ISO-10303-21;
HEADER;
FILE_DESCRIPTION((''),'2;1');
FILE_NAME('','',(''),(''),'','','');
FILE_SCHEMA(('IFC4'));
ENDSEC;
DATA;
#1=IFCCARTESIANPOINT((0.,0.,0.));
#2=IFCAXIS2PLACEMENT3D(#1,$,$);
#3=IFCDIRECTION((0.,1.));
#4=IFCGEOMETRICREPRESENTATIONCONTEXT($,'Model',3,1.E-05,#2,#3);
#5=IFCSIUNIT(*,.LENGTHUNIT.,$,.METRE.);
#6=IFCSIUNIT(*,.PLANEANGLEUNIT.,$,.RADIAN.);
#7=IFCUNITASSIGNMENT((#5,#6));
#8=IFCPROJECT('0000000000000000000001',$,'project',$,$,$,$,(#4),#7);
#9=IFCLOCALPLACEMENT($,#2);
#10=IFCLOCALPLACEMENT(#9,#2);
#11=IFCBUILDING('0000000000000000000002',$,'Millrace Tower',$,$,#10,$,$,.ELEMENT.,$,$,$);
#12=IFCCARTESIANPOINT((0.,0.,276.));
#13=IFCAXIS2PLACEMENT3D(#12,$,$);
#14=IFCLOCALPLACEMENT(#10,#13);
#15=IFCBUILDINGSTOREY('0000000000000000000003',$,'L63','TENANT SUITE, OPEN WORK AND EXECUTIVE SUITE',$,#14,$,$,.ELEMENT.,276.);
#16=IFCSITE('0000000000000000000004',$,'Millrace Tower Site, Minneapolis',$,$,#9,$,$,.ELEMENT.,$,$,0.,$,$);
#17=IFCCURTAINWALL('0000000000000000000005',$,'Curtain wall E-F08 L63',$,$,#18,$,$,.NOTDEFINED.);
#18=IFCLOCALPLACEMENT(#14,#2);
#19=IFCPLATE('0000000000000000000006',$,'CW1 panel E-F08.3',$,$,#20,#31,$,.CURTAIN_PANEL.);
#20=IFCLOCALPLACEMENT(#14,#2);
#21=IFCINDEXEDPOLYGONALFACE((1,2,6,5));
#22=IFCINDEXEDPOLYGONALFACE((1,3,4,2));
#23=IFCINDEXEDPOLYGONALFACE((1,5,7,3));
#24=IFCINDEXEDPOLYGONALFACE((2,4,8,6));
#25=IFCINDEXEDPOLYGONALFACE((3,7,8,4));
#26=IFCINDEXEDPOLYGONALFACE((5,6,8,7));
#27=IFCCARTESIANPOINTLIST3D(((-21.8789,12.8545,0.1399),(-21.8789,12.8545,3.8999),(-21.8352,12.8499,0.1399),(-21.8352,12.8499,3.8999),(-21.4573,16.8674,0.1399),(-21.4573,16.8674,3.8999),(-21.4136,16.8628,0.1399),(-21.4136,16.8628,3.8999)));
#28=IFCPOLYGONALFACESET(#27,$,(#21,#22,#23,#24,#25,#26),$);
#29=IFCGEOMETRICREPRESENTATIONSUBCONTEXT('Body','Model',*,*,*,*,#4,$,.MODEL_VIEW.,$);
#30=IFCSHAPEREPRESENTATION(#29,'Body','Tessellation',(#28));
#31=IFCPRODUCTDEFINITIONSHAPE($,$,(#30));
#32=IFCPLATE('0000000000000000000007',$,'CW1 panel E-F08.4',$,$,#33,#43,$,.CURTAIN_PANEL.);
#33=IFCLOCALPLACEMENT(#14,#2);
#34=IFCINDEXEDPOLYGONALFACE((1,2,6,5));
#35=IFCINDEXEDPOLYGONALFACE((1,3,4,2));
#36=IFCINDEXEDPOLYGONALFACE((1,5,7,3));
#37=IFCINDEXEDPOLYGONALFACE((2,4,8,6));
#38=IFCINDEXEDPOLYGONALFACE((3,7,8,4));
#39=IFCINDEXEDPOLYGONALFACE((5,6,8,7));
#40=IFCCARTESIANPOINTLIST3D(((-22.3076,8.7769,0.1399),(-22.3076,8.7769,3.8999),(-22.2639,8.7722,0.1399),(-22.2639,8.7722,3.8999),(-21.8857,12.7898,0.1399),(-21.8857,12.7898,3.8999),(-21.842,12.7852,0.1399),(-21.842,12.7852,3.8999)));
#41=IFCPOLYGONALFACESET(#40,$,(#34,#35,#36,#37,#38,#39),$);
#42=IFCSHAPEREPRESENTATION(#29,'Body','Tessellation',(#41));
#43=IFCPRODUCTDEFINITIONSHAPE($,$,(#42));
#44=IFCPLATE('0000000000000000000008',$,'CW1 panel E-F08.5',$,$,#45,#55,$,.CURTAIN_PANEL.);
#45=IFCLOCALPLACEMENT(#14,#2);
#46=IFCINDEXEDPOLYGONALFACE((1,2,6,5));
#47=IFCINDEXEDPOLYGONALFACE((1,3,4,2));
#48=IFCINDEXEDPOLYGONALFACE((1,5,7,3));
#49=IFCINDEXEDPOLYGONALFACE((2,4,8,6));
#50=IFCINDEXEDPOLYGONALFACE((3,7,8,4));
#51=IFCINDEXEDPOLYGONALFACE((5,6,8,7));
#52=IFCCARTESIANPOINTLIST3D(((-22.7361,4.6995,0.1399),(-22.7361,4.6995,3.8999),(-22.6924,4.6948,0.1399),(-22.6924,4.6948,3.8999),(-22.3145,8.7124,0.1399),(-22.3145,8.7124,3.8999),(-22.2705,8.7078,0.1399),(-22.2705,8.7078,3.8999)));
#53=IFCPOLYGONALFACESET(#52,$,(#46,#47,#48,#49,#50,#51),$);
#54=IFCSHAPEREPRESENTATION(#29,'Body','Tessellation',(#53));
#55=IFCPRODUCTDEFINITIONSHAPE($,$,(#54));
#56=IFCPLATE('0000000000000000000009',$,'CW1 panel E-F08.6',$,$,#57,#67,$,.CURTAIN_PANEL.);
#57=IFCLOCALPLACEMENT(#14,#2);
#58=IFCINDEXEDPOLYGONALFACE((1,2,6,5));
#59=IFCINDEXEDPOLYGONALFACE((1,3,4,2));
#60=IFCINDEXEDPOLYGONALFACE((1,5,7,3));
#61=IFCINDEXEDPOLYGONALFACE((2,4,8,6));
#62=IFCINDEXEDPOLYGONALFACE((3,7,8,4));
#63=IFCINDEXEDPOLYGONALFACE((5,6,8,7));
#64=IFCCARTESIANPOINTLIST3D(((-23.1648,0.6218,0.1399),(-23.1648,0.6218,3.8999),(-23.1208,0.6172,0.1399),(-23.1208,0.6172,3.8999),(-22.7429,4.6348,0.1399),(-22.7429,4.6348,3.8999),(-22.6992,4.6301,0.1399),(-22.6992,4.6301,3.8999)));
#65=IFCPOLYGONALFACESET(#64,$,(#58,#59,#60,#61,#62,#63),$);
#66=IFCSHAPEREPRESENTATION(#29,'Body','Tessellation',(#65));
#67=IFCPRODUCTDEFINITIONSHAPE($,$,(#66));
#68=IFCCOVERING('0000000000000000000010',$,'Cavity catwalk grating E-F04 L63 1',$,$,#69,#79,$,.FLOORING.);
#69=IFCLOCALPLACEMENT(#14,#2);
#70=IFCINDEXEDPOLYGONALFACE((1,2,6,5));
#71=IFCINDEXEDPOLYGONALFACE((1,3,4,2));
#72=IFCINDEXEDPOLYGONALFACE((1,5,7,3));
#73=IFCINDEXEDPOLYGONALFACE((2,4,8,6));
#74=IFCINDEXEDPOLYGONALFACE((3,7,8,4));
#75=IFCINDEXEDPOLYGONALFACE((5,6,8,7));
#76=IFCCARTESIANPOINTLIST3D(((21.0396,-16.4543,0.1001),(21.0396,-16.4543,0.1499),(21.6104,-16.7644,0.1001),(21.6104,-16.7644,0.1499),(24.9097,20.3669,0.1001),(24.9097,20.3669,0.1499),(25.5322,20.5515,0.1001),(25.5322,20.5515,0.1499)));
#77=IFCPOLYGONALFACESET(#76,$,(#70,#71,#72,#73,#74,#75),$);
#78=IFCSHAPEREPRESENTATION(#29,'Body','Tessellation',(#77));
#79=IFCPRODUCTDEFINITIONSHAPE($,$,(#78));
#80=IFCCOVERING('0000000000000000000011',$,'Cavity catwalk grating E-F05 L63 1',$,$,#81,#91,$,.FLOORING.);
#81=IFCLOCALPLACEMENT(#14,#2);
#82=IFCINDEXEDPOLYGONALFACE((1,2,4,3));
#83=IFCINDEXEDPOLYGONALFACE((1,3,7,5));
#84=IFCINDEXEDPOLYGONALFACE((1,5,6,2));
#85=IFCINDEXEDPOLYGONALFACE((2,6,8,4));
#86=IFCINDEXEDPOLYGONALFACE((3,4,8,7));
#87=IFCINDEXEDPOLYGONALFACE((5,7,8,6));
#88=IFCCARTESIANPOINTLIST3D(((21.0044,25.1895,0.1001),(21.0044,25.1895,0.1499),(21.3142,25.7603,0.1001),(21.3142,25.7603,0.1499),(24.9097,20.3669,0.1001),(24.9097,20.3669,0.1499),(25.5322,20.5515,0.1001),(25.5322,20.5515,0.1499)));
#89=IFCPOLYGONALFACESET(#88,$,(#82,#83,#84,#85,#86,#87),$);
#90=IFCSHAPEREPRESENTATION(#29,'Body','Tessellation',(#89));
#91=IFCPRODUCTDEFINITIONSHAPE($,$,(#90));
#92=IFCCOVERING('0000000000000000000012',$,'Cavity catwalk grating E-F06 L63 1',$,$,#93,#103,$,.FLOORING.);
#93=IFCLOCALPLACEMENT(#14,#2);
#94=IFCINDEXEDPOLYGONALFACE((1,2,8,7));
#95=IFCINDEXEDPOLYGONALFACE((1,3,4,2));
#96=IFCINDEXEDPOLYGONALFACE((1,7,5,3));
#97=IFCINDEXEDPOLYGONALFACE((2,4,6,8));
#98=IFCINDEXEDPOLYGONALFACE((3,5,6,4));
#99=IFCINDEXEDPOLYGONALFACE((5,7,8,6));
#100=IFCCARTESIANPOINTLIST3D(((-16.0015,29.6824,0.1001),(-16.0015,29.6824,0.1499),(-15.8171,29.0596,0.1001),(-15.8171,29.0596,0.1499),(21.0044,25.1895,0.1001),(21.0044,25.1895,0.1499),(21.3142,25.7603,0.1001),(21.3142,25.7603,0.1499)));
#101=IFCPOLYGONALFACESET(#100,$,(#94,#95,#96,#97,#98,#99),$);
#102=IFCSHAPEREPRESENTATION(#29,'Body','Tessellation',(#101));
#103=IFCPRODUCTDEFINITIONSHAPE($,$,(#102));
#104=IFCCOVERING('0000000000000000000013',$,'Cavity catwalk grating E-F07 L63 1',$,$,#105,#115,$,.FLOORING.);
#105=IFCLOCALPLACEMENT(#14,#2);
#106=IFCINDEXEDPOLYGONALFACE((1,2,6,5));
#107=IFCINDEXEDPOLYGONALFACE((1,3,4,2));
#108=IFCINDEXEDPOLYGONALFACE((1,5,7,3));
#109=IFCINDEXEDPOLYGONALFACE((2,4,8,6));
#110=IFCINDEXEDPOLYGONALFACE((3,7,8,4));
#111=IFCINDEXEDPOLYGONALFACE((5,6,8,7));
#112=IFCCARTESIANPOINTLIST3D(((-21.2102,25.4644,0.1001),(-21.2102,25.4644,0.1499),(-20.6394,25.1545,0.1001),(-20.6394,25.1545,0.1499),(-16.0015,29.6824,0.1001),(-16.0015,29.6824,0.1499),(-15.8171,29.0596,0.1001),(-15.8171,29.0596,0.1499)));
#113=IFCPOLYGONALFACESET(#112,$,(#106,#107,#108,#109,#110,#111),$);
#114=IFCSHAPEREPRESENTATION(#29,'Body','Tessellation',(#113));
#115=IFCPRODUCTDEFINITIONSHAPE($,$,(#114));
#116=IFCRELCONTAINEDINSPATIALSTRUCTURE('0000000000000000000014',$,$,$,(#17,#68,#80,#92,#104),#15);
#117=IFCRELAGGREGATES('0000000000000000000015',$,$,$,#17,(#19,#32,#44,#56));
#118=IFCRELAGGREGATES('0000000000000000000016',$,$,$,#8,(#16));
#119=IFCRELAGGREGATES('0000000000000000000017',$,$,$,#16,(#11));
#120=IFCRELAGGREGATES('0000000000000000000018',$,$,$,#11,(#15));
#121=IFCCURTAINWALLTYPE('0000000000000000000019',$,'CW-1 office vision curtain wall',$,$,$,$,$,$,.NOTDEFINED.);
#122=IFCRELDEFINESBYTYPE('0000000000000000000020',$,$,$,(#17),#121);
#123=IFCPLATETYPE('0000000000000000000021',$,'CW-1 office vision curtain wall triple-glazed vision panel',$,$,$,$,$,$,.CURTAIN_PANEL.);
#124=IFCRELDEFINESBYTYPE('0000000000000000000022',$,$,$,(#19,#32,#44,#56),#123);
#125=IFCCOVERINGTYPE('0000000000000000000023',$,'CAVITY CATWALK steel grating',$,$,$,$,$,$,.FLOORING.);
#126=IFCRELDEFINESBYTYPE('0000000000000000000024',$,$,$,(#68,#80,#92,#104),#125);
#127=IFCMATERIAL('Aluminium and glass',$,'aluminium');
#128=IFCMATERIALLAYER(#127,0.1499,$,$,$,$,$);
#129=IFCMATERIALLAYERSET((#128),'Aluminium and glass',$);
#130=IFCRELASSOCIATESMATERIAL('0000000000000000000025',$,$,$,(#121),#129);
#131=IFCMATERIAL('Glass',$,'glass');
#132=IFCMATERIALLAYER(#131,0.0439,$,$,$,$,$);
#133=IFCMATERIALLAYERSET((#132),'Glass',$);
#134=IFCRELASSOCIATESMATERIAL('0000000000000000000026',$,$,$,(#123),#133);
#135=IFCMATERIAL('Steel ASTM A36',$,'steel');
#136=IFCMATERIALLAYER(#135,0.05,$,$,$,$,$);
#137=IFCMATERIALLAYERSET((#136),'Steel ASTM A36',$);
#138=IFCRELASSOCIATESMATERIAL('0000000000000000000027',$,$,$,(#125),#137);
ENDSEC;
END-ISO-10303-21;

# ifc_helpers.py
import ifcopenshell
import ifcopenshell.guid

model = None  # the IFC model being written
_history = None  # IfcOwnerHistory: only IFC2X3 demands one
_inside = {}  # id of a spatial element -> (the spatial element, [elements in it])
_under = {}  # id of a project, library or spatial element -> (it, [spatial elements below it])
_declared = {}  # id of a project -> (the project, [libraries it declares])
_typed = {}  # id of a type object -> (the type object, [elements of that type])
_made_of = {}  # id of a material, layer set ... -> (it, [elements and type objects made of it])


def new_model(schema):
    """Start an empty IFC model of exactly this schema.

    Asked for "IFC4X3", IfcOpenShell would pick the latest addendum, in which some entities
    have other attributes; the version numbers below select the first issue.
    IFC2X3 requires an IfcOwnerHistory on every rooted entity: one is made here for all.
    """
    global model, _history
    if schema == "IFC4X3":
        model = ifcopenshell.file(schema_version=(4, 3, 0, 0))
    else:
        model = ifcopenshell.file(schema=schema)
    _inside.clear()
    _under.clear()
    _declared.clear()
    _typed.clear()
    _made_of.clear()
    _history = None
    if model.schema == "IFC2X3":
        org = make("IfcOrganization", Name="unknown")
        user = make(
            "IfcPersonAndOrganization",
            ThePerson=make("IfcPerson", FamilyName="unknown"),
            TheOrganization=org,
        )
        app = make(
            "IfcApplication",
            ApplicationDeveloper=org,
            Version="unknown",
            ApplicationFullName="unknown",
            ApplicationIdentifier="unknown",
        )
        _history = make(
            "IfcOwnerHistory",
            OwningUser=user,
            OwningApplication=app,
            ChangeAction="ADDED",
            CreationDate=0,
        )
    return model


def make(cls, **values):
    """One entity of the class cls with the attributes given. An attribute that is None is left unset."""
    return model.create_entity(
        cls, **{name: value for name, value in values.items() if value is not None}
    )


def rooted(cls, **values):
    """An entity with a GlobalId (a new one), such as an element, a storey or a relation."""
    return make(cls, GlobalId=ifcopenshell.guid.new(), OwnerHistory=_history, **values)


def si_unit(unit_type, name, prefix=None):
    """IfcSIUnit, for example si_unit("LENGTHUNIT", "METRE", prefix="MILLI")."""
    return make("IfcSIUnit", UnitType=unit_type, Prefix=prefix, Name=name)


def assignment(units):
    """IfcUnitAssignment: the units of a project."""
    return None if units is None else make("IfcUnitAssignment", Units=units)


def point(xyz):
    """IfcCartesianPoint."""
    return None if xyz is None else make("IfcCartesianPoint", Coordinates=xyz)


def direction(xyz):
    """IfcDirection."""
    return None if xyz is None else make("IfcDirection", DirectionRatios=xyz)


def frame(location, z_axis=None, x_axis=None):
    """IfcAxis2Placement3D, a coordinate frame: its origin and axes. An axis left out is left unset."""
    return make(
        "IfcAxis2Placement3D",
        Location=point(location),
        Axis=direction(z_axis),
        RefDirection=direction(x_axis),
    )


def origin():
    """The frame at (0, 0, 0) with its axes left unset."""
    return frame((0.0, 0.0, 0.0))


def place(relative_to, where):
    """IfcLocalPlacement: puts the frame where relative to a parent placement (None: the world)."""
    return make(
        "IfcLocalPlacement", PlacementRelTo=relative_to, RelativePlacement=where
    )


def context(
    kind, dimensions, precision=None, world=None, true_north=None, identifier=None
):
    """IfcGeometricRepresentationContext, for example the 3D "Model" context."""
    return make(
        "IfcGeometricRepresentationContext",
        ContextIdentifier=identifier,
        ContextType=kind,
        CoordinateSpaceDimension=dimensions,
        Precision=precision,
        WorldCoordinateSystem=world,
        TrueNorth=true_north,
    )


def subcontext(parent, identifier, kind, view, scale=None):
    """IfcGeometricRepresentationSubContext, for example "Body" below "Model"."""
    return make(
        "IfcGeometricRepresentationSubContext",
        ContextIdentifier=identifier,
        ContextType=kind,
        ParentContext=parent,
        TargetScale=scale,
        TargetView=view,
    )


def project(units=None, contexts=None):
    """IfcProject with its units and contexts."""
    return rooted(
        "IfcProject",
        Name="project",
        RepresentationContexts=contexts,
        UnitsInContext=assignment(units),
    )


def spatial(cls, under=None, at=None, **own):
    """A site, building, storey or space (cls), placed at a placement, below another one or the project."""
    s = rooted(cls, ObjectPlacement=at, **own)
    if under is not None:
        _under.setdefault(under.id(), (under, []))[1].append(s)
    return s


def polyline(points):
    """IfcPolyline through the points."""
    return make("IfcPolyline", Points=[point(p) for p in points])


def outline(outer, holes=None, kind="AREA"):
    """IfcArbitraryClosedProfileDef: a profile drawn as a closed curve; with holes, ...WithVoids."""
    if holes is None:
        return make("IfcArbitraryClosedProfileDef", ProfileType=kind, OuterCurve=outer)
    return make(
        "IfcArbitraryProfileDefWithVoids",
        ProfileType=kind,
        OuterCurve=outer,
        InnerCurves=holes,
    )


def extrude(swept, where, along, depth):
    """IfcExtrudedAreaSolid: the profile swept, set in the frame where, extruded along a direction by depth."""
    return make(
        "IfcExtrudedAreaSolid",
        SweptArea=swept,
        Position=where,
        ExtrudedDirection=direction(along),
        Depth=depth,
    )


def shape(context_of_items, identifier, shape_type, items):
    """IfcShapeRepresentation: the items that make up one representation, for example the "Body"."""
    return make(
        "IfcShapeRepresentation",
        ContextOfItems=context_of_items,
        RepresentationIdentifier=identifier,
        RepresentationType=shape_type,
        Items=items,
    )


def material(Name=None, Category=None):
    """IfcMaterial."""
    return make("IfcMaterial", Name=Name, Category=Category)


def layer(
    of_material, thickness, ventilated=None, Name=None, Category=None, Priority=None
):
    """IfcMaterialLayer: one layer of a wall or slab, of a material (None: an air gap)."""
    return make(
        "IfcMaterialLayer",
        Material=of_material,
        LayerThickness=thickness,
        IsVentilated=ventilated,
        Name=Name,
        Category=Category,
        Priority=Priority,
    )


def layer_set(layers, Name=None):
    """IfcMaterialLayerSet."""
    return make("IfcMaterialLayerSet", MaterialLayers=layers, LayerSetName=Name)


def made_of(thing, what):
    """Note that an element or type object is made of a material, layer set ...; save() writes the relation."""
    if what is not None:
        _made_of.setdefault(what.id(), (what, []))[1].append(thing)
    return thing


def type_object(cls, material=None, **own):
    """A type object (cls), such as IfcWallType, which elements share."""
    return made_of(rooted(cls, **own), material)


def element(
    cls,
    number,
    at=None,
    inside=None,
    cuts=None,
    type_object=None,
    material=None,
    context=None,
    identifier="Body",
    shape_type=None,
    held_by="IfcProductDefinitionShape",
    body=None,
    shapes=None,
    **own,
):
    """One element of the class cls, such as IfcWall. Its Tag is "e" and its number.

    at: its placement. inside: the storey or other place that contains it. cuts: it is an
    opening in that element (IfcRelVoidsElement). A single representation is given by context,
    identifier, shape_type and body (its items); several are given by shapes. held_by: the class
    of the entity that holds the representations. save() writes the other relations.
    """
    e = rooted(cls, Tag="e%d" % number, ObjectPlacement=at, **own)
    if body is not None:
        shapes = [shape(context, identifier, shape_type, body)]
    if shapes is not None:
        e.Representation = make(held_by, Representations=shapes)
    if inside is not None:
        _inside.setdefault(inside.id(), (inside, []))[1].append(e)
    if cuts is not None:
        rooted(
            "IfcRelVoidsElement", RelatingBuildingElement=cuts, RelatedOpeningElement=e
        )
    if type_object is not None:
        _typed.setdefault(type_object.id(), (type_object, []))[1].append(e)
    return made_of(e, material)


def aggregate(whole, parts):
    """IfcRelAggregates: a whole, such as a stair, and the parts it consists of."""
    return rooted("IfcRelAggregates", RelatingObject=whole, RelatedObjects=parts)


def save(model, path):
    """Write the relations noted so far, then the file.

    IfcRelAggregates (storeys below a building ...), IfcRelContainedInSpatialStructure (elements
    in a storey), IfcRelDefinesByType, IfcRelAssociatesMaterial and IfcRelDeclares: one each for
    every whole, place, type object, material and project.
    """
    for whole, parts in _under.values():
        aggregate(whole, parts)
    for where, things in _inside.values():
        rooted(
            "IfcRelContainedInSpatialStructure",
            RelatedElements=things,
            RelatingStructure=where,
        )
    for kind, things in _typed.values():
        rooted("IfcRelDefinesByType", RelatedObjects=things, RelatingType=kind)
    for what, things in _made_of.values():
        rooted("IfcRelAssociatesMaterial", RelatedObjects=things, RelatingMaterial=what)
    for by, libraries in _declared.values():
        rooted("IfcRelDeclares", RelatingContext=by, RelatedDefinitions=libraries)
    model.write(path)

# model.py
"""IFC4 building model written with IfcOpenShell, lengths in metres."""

from ifc_helpers import new_model, si_unit, direction, frame, origin, place, context, subcontext, project, spatial, polyline, outline, extrude, material, layer, layer_set, type_object, element, aggregate, save


model = new_model("IFC4")

# Units and contexts
model_context = context("Model", 3, precision=1e-05, world=origin(), true_north=direction((0.0, 1.0)))
body_context = subcontext(model_context, "Body", "Model", "MODEL_VIEW")
ifc_project = project(units=[si_unit("LENGTHUNIT", "METRE"), si_unit("PLANEANGLEUNIT", "RADIAN")], contexts=[model_context])

# Site, building, storey
site_placement = place(None, origin())
site = spatial("IfcSite", under=ifc_project, at=site_placement, Name="Millrace Tower Site, Minneapolis", CompositionType="ELEMENT", RefElevation=0.0)
building_placement = place(site_placement, origin())
building = spatial("IfcBuilding", under=site, at=building_placement, Name="Millrace Tower", CompositionType="ELEMENT")
storey_placement = place(building_placement, frame((0.0, 0.0, 276.0)))
storey = spatial("IfcBuildingStorey", under=building, at=storey_placement, Name="L63", Description="TENANT SUITE, OPEN WORK AND EXECUTIVE SUITE", CompositionType="ELEMENT", Elevation=276.0)

# Shared definitions
ifc_material_1 = material(Name="Aluminium and glass", Category="aluminium")
ifc_layer_1 = layer(ifc_material_1, 0.1499)
ifc_layer_set_1 = layer_set([ifc_layer_1], Name="Aluminium and glass")
curtain_wall_type = type_object("IfcCurtainWallType", Name="CW-1 office vision curtain wall", PredefinedType="NOTDEFINED", material=ifc_layer_set_1)
placement_1 = place(storey_placement, origin())
ifc_material_2 = material(Name="Glass", Category="glass")
ifc_layer_2 = layer(ifc_material_2, 0.0439)
ifc_layer_set_2 = layer_set([ifc_layer_2], Name="Glass")
plate_type = type_object("IfcPlateType", Name="CW-1 office vision curtain wall triple-glazed vision panel", PredefinedType="CURTAIN_PANEL", material=ifc_layer_set_2)
placement_2 = place(storey_placement, frame((0.0, 0.0, 0.1399)))

# Curtain wall, plates
curtain_wall_1 = element("IfcCurtainWall", 1, at=placement_1, inside=storey, type_object=curtain_wall_type, Name="Curtain wall E-F08 L63", PredefinedType="NOTDEFINED")
plate_1 = element("IfcPlate", 2, at=placement_2, type_object=plate_type, Name="CW1 panel E-F08.3", PredefinedType="CURTAIN_PANEL", context=body_context, shape_type="SweptSolid", body=[
    extrude(outline(polyline([(-21.4573, 16.8674), (-21.8789, 12.8545), (-21.8352, 12.8499), (-21.4136, 16.8628), (-21.4573, 16.8674)])), origin(), (0.0, 0.0, 1.0), 3.76),
])
plate_2 = element("IfcPlate", 3, at=placement_2, type_object=plate_type, Name="CW1 panel E-F08.4", PredefinedType="CURTAIN_PANEL", context=body_context, shape_type="SweptSolid", body=[
    extrude(outline(polyline([(-21.8857, 12.7898), (-22.3076, 8.7769), (-22.2639, 8.7722), (-21.842, 12.7852), (-21.8857, 12.7898)])), origin(), (0.0, 0.0, 1.0), 3.76),
])
plate_3 = element("IfcPlate", 4, at=placement_2, type_object=plate_type, Name="CW1 panel E-F08.5", PredefinedType="CURTAIN_PANEL", context=body_context, shape_type="SweptSolid", body=[
    extrude(outline(polyline([(-22.3145, 8.7124), (-22.7361, 4.6995), (-22.6924, 4.6948), (-22.2705, 8.7078), (-22.3145, 8.7124)])), origin(), (0.0, 0.0, 1.0), 3.76),
])
plate_4 = element("IfcPlate", 5, at=placement_2, type_object=plate_type, Name="CW1 panel E-F08.6", PredefinedType="CURTAIN_PANEL", context=body_context, shape_type="SweptSolid", body=[
    extrude(outline(polyline([(-22.7429, 4.6348), (-23.1648, 0.6218), (-23.1208, 0.6172), (-22.6992, 4.6301), (-22.7429, 4.6348)])), origin(), (0.0, 0.0, 1.0), 3.76),
])
aggregate(curtain_wall_1, [plate_1, plate_2, plate_3, plate_4])

# Coverings
ifc_material_3 = material(Name="Steel ASTM A36", Category="steel")
ifc_layer_3 = layer(ifc_material_3, 0.05)
ifc_layer_set_3 = layer_set([ifc_layer_3], Name="Steel ASTM A36")
covering_type = type_object("IfcCoveringType", Name="CAVITY CATWALK steel grating", PredefinedType="FLOORING", material=ifc_layer_set_3)
placement_3 = place(storey_placement, frame((0.0, 0.0, 0.1001)))
element("IfcCovering", 6, at=placement_3, inside=storey, type_object=covering_type, Name="Cavity catwalk grating E-F04 L63 1", PredefinedType="FLOORING", context=body_context, shape_type="SweptSolid", body=[
    extrude(outline(polyline([(21.6104, -16.7644), (25.5322, 20.5515), (24.9097, 20.3669), (21.0396, -16.4543), (21.6104, -16.7644)])), origin(), (0.0, 0.0, 1.0), 0.0498),
])
element("IfcCovering", 7, at=placement_3, inside=storey, type_object=covering_type, Name="Cavity catwalk grating E-F05 L63 1", PredefinedType="FLOORING", context=body_context, shape_type="SweptSolid", body=[
    extrude(outline(polyline([(25.5322, 20.5515), (21.3142, 25.7603), (21.0044, 25.1895), (24.9097, 20.3669), (25.5322, 20.5515)])), origin(), (0.0, 0.0, 1.0), 0.0498),
])
element("IfcCovering", 8, at=placement_3, inside=storey, type_object=covering_type, Name="Cavity catwalk grating E-F06 L63 1", PredefinedType="FLOORING", context=body_context, shape_type="SweptSolid", body=[
    extrude(outline(polyline([(21.3142, 25.7603), (-16.0015, 29.6824), (-15.8171, 29.0596), (21.0044, 25.1895), (21.3142, 25.7603)])), origin(), (0.0, 0.0, 1.0), 0.0498),
])
element("IfcCovering", 9, at=placement_3, inside=storey, type_object=covering_type, Name="Cavity catwalk grating E-F07 L63 1", PredefinedType="FLOORING", context=body_context, shape_type="SweptSolid", body=[
    extrude(outline(polyline([(-16.0015, 29.6824), (-21.2102, 25.4644), (-20.6394, 25.1545), (-15.8171, 29.0596), (-16.0015, 29.6824)])), origin(), (0.0, 0.0, 1.0), 0.0498),
])

save(model, "model.ifc")
